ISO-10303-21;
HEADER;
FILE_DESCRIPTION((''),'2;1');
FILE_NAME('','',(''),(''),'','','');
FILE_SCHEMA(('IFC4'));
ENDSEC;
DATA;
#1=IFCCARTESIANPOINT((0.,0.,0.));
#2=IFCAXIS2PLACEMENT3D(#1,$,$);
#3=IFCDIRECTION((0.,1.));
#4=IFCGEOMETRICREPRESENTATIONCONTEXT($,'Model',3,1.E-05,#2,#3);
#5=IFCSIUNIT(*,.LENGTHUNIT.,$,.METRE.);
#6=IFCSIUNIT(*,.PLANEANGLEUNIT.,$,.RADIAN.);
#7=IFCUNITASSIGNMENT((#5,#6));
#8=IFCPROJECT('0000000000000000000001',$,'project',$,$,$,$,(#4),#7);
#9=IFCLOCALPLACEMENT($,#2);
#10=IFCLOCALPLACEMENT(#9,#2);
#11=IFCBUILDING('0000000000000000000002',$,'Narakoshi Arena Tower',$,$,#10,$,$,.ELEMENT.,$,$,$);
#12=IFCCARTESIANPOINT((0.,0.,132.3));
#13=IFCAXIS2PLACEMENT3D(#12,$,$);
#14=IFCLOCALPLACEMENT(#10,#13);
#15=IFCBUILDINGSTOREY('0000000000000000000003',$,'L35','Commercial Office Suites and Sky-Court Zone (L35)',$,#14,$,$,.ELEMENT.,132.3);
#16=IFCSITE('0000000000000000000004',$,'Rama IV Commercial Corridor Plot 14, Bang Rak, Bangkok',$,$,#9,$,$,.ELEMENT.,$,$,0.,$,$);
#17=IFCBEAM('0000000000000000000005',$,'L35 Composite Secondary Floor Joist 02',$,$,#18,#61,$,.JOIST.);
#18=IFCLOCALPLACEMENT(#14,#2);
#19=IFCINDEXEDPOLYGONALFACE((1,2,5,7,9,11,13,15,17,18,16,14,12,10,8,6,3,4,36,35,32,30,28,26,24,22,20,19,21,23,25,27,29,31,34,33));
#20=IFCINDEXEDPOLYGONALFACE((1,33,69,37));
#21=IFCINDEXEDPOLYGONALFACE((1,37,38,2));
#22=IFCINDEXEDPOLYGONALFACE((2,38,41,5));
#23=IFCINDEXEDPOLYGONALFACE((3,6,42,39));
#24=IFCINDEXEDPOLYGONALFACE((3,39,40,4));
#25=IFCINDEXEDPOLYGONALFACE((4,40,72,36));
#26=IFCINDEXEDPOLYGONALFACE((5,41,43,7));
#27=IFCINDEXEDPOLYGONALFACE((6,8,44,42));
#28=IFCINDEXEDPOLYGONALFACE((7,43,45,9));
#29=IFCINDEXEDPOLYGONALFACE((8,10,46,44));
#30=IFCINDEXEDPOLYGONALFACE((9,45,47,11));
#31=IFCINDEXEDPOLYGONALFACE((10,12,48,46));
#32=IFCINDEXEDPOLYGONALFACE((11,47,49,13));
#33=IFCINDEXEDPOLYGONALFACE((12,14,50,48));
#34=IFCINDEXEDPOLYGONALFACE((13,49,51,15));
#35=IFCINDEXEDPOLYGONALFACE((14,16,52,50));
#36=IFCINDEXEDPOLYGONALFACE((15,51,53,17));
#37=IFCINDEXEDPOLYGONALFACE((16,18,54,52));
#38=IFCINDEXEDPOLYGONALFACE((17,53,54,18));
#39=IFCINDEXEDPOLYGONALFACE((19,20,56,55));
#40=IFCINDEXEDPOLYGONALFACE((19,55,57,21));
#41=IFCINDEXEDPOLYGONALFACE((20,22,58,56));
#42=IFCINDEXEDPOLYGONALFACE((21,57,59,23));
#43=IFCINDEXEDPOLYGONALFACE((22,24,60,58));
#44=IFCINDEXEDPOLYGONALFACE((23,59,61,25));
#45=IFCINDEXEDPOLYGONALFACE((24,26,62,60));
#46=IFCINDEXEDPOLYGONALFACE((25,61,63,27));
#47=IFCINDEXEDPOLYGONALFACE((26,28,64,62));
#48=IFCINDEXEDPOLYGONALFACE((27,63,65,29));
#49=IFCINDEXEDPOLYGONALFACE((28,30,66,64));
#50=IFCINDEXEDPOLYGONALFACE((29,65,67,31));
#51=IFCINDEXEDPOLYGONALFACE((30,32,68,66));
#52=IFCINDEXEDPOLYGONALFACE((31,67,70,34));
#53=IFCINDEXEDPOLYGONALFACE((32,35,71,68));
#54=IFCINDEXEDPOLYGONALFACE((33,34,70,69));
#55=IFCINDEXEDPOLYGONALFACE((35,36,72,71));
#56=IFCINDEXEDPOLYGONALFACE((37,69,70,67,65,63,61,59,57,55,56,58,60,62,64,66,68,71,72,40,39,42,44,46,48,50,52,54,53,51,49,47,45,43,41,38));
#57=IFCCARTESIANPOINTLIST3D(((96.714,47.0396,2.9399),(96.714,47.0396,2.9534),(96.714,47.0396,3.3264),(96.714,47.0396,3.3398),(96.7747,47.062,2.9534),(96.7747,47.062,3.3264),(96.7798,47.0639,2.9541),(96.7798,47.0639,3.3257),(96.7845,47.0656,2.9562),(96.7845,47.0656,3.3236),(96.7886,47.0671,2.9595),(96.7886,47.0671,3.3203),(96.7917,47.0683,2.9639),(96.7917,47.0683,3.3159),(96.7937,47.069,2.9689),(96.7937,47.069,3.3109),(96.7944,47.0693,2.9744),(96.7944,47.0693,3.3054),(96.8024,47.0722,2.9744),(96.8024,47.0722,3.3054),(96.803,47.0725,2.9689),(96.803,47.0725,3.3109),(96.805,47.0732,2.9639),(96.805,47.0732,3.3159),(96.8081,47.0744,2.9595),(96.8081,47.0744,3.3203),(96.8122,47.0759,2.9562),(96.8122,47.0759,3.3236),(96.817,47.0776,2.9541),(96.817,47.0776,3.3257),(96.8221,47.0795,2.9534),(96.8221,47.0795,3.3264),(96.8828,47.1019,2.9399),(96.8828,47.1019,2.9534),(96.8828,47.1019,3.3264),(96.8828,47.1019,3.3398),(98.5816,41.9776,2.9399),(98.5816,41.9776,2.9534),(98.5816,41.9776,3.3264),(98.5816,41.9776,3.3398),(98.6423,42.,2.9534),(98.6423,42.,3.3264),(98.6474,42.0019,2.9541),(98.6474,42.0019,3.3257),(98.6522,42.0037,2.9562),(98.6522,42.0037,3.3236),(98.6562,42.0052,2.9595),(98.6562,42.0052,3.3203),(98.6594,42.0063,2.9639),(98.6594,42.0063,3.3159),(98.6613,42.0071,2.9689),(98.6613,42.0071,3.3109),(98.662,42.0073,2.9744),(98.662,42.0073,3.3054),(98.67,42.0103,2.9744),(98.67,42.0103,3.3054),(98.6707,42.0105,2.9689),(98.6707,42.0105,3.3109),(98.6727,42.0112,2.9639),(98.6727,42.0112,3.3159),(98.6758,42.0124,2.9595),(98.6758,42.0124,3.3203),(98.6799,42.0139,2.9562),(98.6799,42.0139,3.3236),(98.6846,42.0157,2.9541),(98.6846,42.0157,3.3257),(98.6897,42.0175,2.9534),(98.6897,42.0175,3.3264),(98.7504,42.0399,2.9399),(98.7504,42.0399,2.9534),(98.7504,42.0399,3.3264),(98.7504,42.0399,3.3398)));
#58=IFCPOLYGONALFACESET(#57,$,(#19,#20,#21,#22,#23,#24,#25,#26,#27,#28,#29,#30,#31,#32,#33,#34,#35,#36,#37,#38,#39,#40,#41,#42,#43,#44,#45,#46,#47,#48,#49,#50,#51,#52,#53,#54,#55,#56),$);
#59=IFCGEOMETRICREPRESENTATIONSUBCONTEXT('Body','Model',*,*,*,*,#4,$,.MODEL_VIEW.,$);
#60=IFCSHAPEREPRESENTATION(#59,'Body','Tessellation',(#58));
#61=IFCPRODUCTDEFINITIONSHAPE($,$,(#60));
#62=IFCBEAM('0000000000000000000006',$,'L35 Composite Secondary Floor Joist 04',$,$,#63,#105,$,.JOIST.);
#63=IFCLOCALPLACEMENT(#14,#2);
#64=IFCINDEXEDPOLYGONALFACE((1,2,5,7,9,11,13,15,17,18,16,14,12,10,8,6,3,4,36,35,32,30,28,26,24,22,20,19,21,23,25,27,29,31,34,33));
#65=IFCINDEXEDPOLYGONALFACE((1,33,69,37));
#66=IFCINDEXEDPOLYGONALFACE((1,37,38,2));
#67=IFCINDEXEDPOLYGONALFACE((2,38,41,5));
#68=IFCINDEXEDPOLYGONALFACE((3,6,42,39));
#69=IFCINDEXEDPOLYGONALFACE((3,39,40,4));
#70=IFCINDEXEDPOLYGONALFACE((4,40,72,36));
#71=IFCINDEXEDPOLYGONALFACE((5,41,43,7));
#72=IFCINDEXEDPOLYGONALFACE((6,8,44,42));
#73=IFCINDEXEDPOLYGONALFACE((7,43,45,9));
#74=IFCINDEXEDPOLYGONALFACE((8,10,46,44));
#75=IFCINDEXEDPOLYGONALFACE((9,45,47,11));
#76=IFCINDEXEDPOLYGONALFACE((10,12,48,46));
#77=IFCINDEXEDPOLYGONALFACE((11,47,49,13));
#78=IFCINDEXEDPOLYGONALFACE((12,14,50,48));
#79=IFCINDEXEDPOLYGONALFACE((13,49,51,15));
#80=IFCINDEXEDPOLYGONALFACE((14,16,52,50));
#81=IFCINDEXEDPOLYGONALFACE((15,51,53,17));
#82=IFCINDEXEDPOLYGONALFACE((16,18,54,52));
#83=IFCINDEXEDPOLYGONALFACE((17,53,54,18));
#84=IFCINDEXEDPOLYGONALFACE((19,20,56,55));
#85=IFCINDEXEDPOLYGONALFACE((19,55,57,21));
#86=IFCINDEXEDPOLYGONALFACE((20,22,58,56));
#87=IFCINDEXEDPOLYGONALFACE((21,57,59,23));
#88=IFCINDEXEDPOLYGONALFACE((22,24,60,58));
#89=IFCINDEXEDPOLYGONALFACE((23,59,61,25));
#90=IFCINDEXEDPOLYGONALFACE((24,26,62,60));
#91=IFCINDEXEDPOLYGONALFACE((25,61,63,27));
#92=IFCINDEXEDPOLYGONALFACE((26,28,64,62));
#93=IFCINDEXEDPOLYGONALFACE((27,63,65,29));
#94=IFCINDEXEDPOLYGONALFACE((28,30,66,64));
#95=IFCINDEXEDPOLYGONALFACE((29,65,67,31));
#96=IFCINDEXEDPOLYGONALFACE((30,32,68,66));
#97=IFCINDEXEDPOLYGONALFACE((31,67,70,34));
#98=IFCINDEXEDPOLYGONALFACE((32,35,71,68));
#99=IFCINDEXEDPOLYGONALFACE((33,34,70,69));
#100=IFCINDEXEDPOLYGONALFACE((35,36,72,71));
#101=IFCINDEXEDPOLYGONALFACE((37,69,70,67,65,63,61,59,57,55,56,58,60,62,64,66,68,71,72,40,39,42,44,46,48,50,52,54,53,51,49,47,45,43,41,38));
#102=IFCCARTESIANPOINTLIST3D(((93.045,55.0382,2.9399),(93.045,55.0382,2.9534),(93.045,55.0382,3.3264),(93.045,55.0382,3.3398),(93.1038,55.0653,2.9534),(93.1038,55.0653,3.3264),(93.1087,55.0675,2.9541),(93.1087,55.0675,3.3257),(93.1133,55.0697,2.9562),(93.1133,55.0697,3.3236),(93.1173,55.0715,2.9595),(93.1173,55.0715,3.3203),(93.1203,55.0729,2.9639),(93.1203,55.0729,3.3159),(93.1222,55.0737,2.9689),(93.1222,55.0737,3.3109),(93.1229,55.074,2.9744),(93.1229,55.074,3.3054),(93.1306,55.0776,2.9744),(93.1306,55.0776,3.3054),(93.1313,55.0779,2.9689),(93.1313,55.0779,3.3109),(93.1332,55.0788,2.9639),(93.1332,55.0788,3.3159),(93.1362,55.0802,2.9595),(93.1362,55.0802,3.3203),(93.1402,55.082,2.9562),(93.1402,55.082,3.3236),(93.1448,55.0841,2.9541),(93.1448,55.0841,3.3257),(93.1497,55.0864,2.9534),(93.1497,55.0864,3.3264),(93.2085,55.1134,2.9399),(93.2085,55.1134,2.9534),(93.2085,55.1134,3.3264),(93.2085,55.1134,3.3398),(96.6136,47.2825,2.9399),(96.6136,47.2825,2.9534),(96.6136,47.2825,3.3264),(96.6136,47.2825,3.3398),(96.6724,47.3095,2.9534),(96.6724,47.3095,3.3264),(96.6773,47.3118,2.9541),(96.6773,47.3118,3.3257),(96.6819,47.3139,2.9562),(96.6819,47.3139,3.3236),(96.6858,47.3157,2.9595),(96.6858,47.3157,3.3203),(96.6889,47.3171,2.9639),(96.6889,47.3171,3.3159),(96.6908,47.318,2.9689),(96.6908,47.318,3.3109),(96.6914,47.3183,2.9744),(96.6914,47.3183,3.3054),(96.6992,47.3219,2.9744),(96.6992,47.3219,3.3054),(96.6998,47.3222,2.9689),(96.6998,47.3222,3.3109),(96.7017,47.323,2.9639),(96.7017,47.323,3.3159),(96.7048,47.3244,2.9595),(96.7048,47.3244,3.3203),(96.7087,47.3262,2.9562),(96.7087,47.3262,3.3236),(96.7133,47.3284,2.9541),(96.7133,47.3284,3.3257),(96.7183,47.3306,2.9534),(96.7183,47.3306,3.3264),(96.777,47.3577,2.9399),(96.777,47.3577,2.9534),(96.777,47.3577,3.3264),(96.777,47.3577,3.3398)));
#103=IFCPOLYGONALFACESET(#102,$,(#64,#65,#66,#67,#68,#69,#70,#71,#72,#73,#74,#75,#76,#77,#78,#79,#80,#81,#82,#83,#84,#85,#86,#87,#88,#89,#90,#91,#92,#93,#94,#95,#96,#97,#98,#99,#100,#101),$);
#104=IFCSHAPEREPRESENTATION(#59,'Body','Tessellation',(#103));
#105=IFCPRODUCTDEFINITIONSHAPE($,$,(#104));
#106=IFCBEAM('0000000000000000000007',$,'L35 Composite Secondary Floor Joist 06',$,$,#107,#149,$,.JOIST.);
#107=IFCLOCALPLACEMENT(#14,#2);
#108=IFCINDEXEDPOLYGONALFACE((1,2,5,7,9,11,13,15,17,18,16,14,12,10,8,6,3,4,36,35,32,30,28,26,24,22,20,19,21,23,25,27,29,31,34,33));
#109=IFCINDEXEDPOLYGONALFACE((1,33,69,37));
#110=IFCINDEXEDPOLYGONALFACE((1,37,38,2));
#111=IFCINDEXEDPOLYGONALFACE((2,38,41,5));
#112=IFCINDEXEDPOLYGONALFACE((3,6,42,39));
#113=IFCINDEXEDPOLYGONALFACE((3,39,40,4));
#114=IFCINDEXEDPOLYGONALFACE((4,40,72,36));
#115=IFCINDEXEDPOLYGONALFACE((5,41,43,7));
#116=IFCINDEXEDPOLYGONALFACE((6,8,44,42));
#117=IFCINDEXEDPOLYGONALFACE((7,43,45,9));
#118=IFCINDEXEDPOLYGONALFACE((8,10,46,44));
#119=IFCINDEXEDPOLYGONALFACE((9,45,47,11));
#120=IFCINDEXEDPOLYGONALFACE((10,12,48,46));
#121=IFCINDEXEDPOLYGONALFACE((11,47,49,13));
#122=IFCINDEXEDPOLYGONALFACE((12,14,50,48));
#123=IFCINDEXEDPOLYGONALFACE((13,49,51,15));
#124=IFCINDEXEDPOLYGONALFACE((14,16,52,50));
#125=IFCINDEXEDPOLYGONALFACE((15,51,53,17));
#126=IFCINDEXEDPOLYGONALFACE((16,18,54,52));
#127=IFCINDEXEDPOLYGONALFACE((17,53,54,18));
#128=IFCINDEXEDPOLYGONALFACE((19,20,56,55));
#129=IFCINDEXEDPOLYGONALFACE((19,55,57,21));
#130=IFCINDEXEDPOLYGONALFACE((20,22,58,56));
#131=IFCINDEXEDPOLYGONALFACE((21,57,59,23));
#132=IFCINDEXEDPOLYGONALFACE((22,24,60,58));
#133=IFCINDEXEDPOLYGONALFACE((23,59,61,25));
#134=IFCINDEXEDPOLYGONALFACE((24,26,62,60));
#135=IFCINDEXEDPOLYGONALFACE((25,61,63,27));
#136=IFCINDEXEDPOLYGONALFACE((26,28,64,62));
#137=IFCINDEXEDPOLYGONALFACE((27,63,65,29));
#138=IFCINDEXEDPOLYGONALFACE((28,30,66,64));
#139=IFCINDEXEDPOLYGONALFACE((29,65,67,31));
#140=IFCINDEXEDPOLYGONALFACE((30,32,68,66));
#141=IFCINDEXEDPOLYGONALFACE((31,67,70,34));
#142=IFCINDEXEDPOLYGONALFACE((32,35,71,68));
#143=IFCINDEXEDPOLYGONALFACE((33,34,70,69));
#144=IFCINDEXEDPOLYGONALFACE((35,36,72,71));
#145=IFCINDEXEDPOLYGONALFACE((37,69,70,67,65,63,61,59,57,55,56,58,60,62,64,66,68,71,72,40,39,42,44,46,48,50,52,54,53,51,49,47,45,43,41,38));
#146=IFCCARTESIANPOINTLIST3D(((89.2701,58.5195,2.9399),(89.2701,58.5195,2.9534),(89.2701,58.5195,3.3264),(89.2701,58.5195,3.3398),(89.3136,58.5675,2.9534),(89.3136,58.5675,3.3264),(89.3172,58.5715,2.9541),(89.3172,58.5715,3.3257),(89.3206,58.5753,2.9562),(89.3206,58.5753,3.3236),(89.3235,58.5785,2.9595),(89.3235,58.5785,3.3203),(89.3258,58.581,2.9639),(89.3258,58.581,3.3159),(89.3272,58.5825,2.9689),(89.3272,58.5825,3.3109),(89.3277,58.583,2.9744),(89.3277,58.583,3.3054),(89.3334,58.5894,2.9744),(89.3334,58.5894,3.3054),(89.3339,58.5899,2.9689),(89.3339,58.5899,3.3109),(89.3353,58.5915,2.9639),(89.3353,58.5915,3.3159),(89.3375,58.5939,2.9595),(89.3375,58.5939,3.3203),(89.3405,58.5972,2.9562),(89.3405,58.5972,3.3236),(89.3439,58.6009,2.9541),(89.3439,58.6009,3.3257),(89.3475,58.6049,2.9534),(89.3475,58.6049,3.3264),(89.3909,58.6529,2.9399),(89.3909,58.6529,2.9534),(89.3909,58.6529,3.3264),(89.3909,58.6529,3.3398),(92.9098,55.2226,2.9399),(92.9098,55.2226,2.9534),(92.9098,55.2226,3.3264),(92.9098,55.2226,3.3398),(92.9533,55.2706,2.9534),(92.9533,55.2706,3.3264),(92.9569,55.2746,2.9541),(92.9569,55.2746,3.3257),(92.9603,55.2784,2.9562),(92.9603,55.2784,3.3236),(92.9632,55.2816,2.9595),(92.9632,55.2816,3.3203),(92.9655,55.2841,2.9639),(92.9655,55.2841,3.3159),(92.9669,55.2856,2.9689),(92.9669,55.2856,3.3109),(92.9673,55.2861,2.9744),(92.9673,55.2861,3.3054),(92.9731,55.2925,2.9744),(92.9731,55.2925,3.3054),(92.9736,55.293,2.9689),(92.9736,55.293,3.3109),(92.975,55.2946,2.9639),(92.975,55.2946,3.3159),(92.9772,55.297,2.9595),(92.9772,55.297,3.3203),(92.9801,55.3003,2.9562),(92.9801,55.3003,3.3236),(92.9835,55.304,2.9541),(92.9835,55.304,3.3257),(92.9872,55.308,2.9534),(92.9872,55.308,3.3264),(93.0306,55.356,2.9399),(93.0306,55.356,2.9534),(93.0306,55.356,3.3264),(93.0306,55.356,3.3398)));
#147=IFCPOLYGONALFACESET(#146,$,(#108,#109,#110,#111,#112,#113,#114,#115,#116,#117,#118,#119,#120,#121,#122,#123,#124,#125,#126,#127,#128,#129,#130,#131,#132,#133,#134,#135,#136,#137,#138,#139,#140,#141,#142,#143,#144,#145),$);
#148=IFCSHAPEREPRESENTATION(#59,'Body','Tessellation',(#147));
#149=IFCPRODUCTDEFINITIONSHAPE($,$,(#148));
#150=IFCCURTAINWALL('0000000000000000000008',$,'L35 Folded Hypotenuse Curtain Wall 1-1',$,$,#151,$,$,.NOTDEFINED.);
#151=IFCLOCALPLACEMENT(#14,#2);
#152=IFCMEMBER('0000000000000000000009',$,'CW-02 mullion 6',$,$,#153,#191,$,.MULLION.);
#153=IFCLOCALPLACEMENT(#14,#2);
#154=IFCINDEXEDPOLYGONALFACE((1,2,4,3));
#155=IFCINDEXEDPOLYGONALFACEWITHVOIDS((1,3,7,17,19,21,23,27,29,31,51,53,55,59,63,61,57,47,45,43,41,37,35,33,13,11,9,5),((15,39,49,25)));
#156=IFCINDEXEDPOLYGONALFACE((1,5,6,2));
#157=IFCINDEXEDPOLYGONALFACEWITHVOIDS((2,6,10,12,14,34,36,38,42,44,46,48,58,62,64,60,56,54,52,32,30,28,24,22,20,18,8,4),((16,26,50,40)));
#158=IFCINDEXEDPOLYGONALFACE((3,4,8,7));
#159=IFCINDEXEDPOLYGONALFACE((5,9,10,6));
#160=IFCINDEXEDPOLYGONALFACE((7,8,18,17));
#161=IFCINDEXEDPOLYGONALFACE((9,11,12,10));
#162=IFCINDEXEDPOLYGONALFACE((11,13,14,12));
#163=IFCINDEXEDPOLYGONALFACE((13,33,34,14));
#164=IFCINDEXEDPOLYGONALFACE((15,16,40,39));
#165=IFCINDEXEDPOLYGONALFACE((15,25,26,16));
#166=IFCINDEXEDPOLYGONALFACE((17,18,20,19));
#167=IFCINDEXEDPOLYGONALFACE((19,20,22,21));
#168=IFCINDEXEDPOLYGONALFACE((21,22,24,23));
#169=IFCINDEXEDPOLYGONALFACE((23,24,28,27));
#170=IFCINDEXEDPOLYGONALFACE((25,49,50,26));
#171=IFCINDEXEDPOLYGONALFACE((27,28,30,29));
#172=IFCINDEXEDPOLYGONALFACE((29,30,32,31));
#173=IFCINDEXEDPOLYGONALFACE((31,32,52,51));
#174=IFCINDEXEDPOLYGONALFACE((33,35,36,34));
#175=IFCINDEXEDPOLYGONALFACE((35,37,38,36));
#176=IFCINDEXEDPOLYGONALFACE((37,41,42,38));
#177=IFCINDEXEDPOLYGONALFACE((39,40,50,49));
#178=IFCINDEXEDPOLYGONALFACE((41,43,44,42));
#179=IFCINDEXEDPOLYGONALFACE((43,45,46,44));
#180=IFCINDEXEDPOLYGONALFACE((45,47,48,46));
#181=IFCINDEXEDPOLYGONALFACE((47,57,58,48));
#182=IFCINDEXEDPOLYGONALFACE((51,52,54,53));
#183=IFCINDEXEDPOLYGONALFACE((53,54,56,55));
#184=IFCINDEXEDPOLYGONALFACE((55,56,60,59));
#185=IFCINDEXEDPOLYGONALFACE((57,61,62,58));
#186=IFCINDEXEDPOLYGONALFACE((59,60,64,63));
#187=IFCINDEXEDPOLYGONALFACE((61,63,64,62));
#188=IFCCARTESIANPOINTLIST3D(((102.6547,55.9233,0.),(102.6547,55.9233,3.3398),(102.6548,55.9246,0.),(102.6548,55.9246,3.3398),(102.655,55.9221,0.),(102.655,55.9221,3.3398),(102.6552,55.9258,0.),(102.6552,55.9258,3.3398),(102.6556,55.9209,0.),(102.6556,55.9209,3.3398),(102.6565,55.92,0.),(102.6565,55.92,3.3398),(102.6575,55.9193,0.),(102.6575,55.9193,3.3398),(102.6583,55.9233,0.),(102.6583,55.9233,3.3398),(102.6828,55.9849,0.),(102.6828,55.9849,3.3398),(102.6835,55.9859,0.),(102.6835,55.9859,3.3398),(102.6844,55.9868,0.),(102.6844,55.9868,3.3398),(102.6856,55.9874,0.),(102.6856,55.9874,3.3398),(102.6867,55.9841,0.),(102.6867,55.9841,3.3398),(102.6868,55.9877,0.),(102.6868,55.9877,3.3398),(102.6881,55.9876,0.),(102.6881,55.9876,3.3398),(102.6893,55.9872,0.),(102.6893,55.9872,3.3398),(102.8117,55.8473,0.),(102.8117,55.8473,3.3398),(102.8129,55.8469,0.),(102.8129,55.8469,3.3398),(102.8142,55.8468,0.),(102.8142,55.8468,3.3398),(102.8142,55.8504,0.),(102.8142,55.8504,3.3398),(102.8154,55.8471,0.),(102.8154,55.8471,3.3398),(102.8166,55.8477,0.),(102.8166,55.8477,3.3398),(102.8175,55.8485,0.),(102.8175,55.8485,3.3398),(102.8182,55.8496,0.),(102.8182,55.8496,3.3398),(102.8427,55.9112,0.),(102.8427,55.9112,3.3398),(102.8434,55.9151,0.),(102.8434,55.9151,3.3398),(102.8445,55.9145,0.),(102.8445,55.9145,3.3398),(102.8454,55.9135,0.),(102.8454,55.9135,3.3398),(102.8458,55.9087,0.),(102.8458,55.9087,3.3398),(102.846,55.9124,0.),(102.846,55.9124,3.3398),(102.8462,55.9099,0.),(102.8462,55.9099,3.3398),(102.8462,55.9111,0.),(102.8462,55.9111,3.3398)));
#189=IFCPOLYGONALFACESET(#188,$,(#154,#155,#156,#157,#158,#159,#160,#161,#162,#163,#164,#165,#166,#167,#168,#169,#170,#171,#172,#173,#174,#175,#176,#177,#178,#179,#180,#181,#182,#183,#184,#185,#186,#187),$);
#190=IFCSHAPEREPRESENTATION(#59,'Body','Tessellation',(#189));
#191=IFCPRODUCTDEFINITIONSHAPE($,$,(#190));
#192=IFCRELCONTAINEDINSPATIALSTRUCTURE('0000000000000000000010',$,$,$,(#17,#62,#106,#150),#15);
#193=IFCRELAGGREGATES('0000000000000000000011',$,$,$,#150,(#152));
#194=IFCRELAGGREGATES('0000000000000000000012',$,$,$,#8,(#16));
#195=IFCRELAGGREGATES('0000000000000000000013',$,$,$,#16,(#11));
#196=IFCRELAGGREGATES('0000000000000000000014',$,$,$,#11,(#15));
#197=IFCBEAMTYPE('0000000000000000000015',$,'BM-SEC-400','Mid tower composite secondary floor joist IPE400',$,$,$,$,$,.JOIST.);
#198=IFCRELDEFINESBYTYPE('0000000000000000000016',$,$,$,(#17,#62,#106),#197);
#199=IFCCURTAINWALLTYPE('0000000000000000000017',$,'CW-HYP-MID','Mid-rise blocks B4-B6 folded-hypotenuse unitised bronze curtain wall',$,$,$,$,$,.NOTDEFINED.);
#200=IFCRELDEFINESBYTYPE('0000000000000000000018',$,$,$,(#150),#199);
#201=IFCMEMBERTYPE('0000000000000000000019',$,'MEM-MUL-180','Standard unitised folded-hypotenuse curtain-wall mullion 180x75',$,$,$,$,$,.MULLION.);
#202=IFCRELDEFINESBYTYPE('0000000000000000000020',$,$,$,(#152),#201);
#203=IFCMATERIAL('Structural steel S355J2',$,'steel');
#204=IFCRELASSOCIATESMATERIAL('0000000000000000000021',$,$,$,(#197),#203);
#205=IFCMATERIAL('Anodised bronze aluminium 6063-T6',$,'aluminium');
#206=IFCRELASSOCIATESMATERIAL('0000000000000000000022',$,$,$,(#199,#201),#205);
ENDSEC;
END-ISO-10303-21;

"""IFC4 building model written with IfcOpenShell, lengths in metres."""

from ifc_helpers import new_model, si_unit, direction, frame, origin, origin_2d, place, context, subcontext, project, spatial, hollow_rectangle, i_section, extrude, material, material_profile, profile_set, type_object, element, aggregate, save


model = new_model("IFC4")

# Units and contexts
model_context = context("Model", 3, precision=1e-05, world=origin(), true_north=direction((0.0, 1.0)))
body_context = subcontext(model_context, "Body", "Model", "MODEL_VIEW")
ifc_project = project(units=[si_unit("LENGTHUNIT", "METRE"), si_unit("PLANEANGLEUNIT", "RADIAN")], contexts=[model_context])

# Site, building, storey
site_placement = place(None, origin())
site = spatial("IfcSite", under=ifc_project, at=site_placement, Name="Rama IV Commercial Corridor Plot 14, Bang Rak, Bangkok", CompositionType="ELEMENT", RefElevation=0.0)
building_placement = place(site_placement, origin())
building = spatial("IfcBuilding", under=site, at=building_placement, Name="Narakoshi Arena Tower", CompositionType="ELEMENT")
storey_placement = place(building_placement, frame((0.0, 0.0, 132.3)))
storey = spatial("IfcBuildingStorey", under=building, at=storey_placement, Name="L35", Description="Commercial Office Suites and Sky-Court Zone (L35)", CompositionType="ELEMENT", Elevation=132.3)

# Beams
ifc_material_1 = material(Name="Structural steel S355J2", Category="steel")
ifc_material_profile_1 = material_profile(ifc_material_1, i_section(OverallWidth=0.1799, OverallDepth=0.3999, WebThickness=0.0085, FlangeThickness=0.0134, FilletRadius=0.021, at=origin_2d()), Name="IPE400")
ifc_profile_set_1 = profile_set([ifc_material_profile_1], Name="Structural steel S355J2")
beam_type_1 = type_object("IfcBeamType", Name="BM-SEC-400", Description="Mid tower composite secondary floor joist IPE400", PredefinedType="JOIST", material=ifc_profile_set_1)
beam_1_placement = place(storey_placement, frame((98.666, 42.0088, 3.1399), z_axis=(-0.34615, 0.938179, 0.0), x_axis=(-0.938179, -0.34615, 0.0)))
element("IfcBeam", 1, at=beam_1_placement, inside=storey, type_object=beam_type_1, Name="L35 Composite Secondary Floor Joist 02", PredefinedType="JOIST", context=body_context, shape_type="SweptSolid", body=[
    extrude(i_section(OverallWidth=0.1799, OverallDepth=0.3999, WebThickness=0.0085, FlangeThickness=0.0134, FilletRadius=0.021, at=origin_2d()), origin(), (0.0, 0.0, 1.0), 5.3955),
])
beam_2_placement = place(storey_placement, frame((96.6953, 47.3201, 3.1399), z_axis=(-0.417993, 0.90845, 0.0), x_axis=(-0.90845, -0.417993, 0.0)))
element("IfcBeam", 2, at=beam_2_placement, inside=storey, type_object=beam_type_1, Name="L35 Composite Secondary Floor Joist 04", PredefinedType="JOIST", context=body_context, shape_type="SweptSolid", body=[
    extrude(i_section(OverallWidth=0.1799, OverallDepth=0.3999, WebThickness=0.0085, FlangeThickness=0.0134, FilletRadius=0.021, at=origin_2d()), origin(), (0.0, 0.0, 1.0), 8.5374),
])
beam_3_placement = place(storey_placement, frame((92.9702, 55.2893, 3.1399), z_axis=(-0.741145, 0.671345, 0.0), x_axis=(-0.671345, -0.741145, 0.0)))
element("IfcBeam", 3, at=beam_3_placement, inside=storey, type_object=beam_type_1, Name="L35 Composite Secondary Floor Joist 06", PredefinedType="JOIST", context=body_context, shape_type="SweptSolid", body=[
    extrude(i_section(OverallWidth=0.1799, OverallDepth=0.3999, WebThickness=0.0085, FlangeThickness=0.0134, FilletRadius=0.021, at=origin_2d()), origin(), (0.0, 0.0, 1.0), 4.9109),
])

# Curtain wall, member
ifc_material_2 = material(Name="Anodised bronze aluminium 6063-T6", Category="aluminium")
curtain_wall_type = type_object("IfcCurtainWallType", Name="CW-HYP-MID", Description="Mid-rise blocks B4-B6 folded-hypotenuse unitised bronze curtain wall", PredefinedType="NOTDEFINED", material=ifc_material_2)
curtain_wall_placement = place(storey_placement, origin())
curtain_wall = element("IfcCurtainWall", 4, at=curtain_wall_placement, inside=storey, type_object=curtain_wall_type, Name="L35 Folded Hypotenuse Curtain Wall 1-1", PredefinedType="NOTDEFINED")
ifc_material_profile_2 = material_profile(ifc_material_2, hollow_rectangle(XDim=0.075, YDim=0.1799, WallThickness=0.0039, OuterFilletRadius=0.0049, at=origin_2d()), Name="MUL180x75x4")
ifc_profile_set_2 = profile_set([ifc_material_profile_2], Name="Anodised bronze aluminium 6063-T6")
member_type_1 = type_object("IfcMemberType", Name="MEM-MUL-180", Description="Standard unitised folded-hypotenuse curtain-wall mullion 180x75", PredefinedType="MULLION", material=ifc_profile_set_2)
member_1_placement = place(storey_placement, frame((102.7505, 55.9172, 0.0), z_axis=(0.0, 0.0, 1.0), x_axis=(-0.423532, -0.905881, 0.0)))
member_1 = element("IfcMember", 5, at=member_1_placement, type_object=member_type_1, Name="CW-02 mullion 6", PredefinedType="MULLION", context=body_context, shape_type="SweptSolid", body=[
    extrude(hollow_rectangle(XDim=0.075, YDim=0.1799, WallThickness=0.0039, OuterFilletRadius=0.0049, at=origin_2d()), origin(), (0.0, 0.0, 1.0), 3.3398),
])
aggregate(curtain_wall, [member_1])

save(model, "model.ifc")
